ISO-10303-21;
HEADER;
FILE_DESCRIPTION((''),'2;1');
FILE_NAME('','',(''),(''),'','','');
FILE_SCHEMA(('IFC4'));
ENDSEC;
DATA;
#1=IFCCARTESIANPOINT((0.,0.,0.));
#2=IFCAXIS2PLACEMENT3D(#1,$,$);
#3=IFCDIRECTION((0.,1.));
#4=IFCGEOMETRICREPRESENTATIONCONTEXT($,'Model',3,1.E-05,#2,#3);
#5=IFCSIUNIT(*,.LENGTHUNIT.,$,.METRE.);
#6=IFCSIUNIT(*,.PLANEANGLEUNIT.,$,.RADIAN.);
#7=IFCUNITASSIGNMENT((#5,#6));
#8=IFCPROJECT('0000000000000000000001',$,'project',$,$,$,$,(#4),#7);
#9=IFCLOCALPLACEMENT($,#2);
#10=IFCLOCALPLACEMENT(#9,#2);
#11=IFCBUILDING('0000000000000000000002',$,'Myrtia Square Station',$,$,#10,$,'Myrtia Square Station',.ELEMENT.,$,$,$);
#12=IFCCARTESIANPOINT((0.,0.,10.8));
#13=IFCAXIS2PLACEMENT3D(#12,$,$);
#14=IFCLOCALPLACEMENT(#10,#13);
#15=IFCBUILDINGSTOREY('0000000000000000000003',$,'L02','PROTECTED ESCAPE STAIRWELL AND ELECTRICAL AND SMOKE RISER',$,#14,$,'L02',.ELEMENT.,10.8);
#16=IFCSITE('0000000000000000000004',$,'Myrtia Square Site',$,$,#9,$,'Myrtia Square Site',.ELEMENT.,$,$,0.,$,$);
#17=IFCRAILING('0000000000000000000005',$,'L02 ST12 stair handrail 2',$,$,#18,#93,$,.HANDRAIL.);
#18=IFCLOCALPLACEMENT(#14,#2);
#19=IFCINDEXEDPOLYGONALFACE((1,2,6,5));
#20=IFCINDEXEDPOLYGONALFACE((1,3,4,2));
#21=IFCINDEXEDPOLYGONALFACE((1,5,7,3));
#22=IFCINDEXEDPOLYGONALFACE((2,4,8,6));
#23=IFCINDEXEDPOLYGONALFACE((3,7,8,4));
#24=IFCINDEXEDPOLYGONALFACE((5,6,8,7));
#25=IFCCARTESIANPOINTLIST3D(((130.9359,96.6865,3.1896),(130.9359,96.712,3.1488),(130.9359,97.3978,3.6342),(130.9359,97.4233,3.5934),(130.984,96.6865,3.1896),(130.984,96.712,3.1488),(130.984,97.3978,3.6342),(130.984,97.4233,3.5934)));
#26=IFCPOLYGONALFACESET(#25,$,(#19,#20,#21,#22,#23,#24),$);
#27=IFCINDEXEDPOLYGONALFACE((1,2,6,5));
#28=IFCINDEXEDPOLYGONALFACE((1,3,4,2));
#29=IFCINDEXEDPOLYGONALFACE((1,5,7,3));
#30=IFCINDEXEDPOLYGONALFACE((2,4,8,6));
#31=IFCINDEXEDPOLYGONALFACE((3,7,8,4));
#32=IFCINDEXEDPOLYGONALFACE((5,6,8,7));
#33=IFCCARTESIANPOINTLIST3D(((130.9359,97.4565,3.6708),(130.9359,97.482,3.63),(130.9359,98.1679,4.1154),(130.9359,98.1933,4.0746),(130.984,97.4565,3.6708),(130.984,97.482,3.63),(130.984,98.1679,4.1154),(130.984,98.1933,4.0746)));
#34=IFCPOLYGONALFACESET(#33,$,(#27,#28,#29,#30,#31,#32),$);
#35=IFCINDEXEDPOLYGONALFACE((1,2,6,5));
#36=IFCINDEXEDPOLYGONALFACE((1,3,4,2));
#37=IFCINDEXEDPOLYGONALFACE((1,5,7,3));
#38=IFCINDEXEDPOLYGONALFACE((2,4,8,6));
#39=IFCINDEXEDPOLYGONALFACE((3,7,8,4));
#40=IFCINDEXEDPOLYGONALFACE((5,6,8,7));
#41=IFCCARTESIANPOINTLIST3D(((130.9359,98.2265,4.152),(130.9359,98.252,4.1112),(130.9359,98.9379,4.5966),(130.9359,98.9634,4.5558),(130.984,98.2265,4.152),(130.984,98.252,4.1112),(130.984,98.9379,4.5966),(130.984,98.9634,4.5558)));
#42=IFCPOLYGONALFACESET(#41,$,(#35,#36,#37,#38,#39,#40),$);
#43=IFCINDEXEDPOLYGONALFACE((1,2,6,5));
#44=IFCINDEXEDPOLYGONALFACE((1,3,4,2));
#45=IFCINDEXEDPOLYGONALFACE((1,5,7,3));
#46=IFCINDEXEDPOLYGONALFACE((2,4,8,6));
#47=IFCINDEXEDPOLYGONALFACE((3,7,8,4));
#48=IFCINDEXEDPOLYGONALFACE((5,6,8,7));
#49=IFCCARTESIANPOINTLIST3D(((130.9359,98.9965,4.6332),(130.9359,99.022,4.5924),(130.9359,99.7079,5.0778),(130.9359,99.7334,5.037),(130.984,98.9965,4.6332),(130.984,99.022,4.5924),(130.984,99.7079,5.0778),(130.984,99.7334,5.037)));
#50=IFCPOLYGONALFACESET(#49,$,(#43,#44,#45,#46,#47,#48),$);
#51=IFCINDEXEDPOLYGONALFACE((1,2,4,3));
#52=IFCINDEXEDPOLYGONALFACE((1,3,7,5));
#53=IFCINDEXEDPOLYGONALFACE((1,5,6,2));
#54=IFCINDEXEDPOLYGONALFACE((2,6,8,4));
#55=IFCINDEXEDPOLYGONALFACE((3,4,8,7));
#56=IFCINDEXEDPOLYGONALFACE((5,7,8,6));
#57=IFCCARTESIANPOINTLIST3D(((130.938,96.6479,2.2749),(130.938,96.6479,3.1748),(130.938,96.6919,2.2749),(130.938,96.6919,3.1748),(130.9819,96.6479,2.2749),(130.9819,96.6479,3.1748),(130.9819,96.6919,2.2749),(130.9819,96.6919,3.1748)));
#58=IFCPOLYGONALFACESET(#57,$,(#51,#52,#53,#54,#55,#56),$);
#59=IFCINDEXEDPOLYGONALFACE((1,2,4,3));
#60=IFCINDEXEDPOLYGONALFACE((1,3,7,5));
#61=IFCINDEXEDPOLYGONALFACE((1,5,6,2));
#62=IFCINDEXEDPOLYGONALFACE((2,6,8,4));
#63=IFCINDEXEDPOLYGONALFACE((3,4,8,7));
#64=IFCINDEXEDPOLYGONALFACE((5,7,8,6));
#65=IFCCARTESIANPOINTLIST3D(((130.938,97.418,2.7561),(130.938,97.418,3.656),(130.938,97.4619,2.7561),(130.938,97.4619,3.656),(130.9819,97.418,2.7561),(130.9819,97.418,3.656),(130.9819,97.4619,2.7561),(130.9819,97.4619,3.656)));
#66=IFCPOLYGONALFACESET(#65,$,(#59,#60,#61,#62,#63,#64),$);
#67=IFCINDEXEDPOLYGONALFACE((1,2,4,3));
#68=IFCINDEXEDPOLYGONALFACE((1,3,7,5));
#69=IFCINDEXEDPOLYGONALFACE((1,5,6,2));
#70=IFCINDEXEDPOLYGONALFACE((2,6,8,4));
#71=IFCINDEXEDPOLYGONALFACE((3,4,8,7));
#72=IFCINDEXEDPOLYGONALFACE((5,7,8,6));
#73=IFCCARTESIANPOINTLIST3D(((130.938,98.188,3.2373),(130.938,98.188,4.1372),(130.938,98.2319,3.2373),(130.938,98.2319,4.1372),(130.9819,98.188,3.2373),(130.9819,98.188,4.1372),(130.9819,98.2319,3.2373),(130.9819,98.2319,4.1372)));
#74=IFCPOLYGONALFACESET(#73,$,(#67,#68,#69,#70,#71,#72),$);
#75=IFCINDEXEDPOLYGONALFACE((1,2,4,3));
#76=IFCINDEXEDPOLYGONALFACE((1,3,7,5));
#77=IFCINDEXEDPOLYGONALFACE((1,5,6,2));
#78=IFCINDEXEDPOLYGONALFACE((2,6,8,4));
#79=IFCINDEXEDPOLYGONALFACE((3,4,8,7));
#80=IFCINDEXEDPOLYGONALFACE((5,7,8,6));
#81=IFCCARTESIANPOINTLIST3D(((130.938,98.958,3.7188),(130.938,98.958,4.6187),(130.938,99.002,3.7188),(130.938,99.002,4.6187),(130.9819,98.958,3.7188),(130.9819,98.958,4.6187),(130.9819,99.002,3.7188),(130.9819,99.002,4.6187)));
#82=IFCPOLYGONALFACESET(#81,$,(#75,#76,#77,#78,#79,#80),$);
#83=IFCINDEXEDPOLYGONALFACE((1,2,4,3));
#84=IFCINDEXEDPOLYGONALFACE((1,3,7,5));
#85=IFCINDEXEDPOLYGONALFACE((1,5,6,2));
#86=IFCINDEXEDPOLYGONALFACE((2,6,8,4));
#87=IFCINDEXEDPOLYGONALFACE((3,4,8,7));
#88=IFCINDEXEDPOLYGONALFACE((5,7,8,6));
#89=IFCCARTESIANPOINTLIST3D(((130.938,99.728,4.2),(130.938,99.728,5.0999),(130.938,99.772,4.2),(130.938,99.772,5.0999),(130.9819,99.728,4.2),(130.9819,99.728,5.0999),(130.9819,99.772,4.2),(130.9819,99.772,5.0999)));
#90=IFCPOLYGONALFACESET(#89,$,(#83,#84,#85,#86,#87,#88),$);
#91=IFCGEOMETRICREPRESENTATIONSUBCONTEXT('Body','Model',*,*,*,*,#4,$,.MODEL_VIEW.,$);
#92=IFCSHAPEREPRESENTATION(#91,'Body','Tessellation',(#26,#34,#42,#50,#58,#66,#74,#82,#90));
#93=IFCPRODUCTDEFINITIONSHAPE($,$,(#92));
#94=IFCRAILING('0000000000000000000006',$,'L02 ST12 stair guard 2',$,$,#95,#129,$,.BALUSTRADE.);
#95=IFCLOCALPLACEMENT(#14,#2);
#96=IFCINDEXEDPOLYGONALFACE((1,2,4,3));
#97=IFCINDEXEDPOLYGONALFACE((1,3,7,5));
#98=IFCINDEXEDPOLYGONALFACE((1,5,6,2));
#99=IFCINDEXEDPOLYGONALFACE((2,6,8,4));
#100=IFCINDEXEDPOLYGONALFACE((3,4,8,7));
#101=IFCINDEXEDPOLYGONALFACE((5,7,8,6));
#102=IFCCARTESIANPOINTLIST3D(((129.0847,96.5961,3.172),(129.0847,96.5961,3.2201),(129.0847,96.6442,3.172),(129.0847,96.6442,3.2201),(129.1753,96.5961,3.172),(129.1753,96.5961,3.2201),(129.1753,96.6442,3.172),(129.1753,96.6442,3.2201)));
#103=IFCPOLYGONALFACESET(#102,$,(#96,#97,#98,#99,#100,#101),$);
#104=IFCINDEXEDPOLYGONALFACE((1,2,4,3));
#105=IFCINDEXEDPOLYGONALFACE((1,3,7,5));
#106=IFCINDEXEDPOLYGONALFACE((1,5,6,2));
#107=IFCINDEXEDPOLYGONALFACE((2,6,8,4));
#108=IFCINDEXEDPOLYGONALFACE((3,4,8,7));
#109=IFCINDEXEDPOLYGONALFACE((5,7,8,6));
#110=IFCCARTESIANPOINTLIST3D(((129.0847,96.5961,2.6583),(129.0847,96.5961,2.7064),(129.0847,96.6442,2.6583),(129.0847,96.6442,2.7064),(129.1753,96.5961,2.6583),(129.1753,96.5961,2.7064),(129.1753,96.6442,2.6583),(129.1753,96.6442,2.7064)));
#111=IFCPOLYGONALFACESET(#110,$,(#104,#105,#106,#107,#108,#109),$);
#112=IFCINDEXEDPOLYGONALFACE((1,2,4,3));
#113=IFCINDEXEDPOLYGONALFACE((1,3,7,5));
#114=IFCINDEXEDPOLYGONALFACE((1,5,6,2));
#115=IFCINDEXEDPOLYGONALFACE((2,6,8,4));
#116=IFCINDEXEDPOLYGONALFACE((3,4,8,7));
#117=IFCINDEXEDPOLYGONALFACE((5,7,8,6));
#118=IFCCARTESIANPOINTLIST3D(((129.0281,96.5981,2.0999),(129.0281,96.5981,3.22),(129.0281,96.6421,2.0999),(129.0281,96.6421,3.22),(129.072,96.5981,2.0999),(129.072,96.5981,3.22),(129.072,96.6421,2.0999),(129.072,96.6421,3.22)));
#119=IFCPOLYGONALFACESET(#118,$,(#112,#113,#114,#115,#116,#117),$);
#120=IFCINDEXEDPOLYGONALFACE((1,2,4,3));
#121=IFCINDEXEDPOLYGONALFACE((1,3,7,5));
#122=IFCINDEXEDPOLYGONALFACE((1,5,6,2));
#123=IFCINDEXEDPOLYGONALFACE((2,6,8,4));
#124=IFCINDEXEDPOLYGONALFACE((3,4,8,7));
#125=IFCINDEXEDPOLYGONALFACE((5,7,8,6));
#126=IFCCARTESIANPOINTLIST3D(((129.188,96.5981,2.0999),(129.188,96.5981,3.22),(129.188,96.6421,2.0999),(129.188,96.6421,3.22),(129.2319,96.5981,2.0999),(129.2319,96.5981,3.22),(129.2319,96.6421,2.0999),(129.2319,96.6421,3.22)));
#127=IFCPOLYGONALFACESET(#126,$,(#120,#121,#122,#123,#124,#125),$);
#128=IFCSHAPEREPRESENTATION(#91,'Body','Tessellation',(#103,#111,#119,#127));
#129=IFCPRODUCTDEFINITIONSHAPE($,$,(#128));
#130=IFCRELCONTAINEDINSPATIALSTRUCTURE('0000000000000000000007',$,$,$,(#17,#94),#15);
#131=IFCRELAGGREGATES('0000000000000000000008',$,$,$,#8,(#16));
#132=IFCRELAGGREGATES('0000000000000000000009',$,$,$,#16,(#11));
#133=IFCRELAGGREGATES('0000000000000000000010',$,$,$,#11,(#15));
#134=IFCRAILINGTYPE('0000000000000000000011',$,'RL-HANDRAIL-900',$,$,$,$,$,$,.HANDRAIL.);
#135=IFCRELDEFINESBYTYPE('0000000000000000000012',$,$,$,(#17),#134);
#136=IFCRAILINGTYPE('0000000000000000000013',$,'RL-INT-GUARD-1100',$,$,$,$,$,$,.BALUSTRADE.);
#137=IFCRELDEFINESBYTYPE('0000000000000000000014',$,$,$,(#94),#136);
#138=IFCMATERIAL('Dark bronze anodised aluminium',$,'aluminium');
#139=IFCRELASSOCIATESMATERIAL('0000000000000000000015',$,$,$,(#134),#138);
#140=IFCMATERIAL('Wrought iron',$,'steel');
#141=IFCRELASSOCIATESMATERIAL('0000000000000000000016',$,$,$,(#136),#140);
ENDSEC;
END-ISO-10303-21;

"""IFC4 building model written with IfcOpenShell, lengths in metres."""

from ifc_helpers import new_model, si_unit, direction, frame, origin, origin_2d, place, context, subcontext, project, spatial, rectangle, extrude, material, type_object, element, save


model = new_model("IFC4")

# Units and contexts
model_context = context("Model", 3, precision=1e-05, world=origin(), true_north=direction((0.0, 1.0)))
body_context = subcontext(model_context, "Body", "Model", "MODEL_VIEW")
ifc_project = project(units=[si_unit("LENGTHUNIT", "METRE"), si_unit("PLANEANGLEUNIT", "RADIAN")], contexts=[model_context])

# Site, building, storey
site_placement = place(None, origin())
site = spatial("IfcSite", under=ifc_project, at=site_placement, Name="Myrtia Square Site", LongName="Myrtia Square Site", CompositionType="ELEMENT", RefElevation=0.0)
building_placement = place(site_placement, origin())
building = spatial("IfcBuilding", under=site, at=building_placement, Name="Myrtia Square Station", LongName="Myrtia Square Station", CompositionType="ELEMENT")
storey_placement = place(building_placement, frame((0.0, 0.0, 10.8)))
storey = spatial("IfcBuildingStorey", under=building, at=storey_placement, Name="L02", Description="PROTECTED ESCAPE STAIRWELL AND ELECTRICAL AND SMOKE RISER", LongName="L02", CompositionType="ELEMENT", Elevation=10.8)

# Shared definitions
ifc_material_1 = material(Name="Dark bronze anodised aluminium", Category="aluminium")

# Railings
railing_type_1 = type_object("IfcRailingType", Name="RL-HANDRAIL-900", PredefinedType="HANDRAIL", material=ifc_material_1)
railing_1_placement = place(storey_placement, frame((130.96, 96.6699, 2.2749)))
element("IfcRailing", 1, at=railing_1_placement, inside=storey, type_object=railing_type_1, Name="L02 ST12 stair handrail 2", PredefinedType="HANDRAIL", context=body_context, shape_type="SweptSolid", body=[
    extrude(rectangle(XDim=0.0481, YDim=0.0481, at=origin_2d()), frame((0.0, 0.0293, 0.8943), z_axis=(0.0, 0.847998, 0.529999), x_axis=(-1.0, 0.0, 0.0)), (0.0, 0.0, 1.0), 0.8389),
    extrude(rectangle(XDim=0.0481, YDim=0.0481, at=origin_2d()), frame((0.0, 0.7993, 1.3755), z_axis=(0.0, 0.847998, 0.529999), x_axis=(-1.0, 0.0, 0.0)), (0.0, 0.0, 1.0), 0.8389),
    extrude(rectangle(XDim=0.0481, YDim=0.0481, at=origin_2d()), frame((0.0, 1.5693, 1.8567), z_axis=(0.0, 0.847998, 0.529999), x_axis=(-1.0, 0.0, 0.0)), (0.0, 0.0, 1.0), 0.8389),
    extrude(rectangle(XDim=0.0481, YDim=0.0481, at=origin_2d()), frame((0.0, 2.3394, 2.3379), z_axis=(0.0, 0.847998, 0.529999), x_axis=(-1.0, 0.0, 0.0)), (0.0, 0.0, 1.0), 0.8389),
    extrude(rectangle(XDim=0.0439, YDim=0.0439, at=origin_2d()), origin(), (0.0, 0.0, 1.0), 0.8999),
    extrude(rectangle(XDim=0.0439, YDim=0.0439, at=origin_2d()), frame((0.0, 0.77, 0.4812)), (0.0, 0.0, 1.0), 0.8999),
    extrude(rectangle(XDim=0.0439, YDim=0.0439, at=origin_2d()), frame((0.0, 1.54, 0.9624)), (0.0, 0.0, 1.0), 0.8999),
    extrude(rectangle(XDim=0.0439, YDim=0.0439, at=origin_2d()), frame((0.0, 2.3101, 1.4438)), (0.0, 0.0, 1.0), 0.8999),
    extrude(rectangle(XDim=0.0439, YDim=0.0439, at=origin_2d()), frame((0.0, 3.0801, 1.925)), (0.0, 0.0, 1.0), 0.8999),
])
ifc_material_2 = material(Name="Wrought iron", Category="steel")
railing_type_2 = type_object("IfcRailingType", Name="RL-INT-GUARD-1100", PredefinedType="BALUSTRADE", material=ifc_material_2)
railing_2_placement = place(storey_placement, frame((129.05, 96.6201, 2.0999)))
element("IfcRailing", 2, at=railing_2_placement, inside=storey, type_object=railing_type_2, Name="L02 ST12 stair guard 2", PredefinedType="BALUSTRADE", context=body_context, shape_type="SweptSolid", body=[
    extrude(rectangle(XDim=0.0481, YDim=0.0481, at=origin_2d()), frame((0.0347, 0.0, 1.0962), z_axis=(1.0, 0.0, 0.0), x_axis=(0.0, 1.0, 0.0)), (0.0, 0.0, 1.0), 0.0906),
    extrude(rectangle(XDim=0.0481, YDim=0.0481, at=origin_2d()), frame((0.0347, 0.0, 0.5825), z_axis=(1.0, 0.0, 0.0), x_axis=(0.0, 1.0, 0.0)), (0.0, 0.0, 1.0), 0.0906),
    extrude(rectangle(XDim=0.0439, YDim=0.0439, at=origin_2d()), origin(), (0.0, 0.0, 1.0), 1.1201),
    extrude(rectangle(XDim=0.0439, YDim=0.0439, at=origin_2d()), frame((0.1599, 0.0, 0.0)), (0.0, 0.0, 1.0), 1.1201),
])

save(model, "model.ifc")
